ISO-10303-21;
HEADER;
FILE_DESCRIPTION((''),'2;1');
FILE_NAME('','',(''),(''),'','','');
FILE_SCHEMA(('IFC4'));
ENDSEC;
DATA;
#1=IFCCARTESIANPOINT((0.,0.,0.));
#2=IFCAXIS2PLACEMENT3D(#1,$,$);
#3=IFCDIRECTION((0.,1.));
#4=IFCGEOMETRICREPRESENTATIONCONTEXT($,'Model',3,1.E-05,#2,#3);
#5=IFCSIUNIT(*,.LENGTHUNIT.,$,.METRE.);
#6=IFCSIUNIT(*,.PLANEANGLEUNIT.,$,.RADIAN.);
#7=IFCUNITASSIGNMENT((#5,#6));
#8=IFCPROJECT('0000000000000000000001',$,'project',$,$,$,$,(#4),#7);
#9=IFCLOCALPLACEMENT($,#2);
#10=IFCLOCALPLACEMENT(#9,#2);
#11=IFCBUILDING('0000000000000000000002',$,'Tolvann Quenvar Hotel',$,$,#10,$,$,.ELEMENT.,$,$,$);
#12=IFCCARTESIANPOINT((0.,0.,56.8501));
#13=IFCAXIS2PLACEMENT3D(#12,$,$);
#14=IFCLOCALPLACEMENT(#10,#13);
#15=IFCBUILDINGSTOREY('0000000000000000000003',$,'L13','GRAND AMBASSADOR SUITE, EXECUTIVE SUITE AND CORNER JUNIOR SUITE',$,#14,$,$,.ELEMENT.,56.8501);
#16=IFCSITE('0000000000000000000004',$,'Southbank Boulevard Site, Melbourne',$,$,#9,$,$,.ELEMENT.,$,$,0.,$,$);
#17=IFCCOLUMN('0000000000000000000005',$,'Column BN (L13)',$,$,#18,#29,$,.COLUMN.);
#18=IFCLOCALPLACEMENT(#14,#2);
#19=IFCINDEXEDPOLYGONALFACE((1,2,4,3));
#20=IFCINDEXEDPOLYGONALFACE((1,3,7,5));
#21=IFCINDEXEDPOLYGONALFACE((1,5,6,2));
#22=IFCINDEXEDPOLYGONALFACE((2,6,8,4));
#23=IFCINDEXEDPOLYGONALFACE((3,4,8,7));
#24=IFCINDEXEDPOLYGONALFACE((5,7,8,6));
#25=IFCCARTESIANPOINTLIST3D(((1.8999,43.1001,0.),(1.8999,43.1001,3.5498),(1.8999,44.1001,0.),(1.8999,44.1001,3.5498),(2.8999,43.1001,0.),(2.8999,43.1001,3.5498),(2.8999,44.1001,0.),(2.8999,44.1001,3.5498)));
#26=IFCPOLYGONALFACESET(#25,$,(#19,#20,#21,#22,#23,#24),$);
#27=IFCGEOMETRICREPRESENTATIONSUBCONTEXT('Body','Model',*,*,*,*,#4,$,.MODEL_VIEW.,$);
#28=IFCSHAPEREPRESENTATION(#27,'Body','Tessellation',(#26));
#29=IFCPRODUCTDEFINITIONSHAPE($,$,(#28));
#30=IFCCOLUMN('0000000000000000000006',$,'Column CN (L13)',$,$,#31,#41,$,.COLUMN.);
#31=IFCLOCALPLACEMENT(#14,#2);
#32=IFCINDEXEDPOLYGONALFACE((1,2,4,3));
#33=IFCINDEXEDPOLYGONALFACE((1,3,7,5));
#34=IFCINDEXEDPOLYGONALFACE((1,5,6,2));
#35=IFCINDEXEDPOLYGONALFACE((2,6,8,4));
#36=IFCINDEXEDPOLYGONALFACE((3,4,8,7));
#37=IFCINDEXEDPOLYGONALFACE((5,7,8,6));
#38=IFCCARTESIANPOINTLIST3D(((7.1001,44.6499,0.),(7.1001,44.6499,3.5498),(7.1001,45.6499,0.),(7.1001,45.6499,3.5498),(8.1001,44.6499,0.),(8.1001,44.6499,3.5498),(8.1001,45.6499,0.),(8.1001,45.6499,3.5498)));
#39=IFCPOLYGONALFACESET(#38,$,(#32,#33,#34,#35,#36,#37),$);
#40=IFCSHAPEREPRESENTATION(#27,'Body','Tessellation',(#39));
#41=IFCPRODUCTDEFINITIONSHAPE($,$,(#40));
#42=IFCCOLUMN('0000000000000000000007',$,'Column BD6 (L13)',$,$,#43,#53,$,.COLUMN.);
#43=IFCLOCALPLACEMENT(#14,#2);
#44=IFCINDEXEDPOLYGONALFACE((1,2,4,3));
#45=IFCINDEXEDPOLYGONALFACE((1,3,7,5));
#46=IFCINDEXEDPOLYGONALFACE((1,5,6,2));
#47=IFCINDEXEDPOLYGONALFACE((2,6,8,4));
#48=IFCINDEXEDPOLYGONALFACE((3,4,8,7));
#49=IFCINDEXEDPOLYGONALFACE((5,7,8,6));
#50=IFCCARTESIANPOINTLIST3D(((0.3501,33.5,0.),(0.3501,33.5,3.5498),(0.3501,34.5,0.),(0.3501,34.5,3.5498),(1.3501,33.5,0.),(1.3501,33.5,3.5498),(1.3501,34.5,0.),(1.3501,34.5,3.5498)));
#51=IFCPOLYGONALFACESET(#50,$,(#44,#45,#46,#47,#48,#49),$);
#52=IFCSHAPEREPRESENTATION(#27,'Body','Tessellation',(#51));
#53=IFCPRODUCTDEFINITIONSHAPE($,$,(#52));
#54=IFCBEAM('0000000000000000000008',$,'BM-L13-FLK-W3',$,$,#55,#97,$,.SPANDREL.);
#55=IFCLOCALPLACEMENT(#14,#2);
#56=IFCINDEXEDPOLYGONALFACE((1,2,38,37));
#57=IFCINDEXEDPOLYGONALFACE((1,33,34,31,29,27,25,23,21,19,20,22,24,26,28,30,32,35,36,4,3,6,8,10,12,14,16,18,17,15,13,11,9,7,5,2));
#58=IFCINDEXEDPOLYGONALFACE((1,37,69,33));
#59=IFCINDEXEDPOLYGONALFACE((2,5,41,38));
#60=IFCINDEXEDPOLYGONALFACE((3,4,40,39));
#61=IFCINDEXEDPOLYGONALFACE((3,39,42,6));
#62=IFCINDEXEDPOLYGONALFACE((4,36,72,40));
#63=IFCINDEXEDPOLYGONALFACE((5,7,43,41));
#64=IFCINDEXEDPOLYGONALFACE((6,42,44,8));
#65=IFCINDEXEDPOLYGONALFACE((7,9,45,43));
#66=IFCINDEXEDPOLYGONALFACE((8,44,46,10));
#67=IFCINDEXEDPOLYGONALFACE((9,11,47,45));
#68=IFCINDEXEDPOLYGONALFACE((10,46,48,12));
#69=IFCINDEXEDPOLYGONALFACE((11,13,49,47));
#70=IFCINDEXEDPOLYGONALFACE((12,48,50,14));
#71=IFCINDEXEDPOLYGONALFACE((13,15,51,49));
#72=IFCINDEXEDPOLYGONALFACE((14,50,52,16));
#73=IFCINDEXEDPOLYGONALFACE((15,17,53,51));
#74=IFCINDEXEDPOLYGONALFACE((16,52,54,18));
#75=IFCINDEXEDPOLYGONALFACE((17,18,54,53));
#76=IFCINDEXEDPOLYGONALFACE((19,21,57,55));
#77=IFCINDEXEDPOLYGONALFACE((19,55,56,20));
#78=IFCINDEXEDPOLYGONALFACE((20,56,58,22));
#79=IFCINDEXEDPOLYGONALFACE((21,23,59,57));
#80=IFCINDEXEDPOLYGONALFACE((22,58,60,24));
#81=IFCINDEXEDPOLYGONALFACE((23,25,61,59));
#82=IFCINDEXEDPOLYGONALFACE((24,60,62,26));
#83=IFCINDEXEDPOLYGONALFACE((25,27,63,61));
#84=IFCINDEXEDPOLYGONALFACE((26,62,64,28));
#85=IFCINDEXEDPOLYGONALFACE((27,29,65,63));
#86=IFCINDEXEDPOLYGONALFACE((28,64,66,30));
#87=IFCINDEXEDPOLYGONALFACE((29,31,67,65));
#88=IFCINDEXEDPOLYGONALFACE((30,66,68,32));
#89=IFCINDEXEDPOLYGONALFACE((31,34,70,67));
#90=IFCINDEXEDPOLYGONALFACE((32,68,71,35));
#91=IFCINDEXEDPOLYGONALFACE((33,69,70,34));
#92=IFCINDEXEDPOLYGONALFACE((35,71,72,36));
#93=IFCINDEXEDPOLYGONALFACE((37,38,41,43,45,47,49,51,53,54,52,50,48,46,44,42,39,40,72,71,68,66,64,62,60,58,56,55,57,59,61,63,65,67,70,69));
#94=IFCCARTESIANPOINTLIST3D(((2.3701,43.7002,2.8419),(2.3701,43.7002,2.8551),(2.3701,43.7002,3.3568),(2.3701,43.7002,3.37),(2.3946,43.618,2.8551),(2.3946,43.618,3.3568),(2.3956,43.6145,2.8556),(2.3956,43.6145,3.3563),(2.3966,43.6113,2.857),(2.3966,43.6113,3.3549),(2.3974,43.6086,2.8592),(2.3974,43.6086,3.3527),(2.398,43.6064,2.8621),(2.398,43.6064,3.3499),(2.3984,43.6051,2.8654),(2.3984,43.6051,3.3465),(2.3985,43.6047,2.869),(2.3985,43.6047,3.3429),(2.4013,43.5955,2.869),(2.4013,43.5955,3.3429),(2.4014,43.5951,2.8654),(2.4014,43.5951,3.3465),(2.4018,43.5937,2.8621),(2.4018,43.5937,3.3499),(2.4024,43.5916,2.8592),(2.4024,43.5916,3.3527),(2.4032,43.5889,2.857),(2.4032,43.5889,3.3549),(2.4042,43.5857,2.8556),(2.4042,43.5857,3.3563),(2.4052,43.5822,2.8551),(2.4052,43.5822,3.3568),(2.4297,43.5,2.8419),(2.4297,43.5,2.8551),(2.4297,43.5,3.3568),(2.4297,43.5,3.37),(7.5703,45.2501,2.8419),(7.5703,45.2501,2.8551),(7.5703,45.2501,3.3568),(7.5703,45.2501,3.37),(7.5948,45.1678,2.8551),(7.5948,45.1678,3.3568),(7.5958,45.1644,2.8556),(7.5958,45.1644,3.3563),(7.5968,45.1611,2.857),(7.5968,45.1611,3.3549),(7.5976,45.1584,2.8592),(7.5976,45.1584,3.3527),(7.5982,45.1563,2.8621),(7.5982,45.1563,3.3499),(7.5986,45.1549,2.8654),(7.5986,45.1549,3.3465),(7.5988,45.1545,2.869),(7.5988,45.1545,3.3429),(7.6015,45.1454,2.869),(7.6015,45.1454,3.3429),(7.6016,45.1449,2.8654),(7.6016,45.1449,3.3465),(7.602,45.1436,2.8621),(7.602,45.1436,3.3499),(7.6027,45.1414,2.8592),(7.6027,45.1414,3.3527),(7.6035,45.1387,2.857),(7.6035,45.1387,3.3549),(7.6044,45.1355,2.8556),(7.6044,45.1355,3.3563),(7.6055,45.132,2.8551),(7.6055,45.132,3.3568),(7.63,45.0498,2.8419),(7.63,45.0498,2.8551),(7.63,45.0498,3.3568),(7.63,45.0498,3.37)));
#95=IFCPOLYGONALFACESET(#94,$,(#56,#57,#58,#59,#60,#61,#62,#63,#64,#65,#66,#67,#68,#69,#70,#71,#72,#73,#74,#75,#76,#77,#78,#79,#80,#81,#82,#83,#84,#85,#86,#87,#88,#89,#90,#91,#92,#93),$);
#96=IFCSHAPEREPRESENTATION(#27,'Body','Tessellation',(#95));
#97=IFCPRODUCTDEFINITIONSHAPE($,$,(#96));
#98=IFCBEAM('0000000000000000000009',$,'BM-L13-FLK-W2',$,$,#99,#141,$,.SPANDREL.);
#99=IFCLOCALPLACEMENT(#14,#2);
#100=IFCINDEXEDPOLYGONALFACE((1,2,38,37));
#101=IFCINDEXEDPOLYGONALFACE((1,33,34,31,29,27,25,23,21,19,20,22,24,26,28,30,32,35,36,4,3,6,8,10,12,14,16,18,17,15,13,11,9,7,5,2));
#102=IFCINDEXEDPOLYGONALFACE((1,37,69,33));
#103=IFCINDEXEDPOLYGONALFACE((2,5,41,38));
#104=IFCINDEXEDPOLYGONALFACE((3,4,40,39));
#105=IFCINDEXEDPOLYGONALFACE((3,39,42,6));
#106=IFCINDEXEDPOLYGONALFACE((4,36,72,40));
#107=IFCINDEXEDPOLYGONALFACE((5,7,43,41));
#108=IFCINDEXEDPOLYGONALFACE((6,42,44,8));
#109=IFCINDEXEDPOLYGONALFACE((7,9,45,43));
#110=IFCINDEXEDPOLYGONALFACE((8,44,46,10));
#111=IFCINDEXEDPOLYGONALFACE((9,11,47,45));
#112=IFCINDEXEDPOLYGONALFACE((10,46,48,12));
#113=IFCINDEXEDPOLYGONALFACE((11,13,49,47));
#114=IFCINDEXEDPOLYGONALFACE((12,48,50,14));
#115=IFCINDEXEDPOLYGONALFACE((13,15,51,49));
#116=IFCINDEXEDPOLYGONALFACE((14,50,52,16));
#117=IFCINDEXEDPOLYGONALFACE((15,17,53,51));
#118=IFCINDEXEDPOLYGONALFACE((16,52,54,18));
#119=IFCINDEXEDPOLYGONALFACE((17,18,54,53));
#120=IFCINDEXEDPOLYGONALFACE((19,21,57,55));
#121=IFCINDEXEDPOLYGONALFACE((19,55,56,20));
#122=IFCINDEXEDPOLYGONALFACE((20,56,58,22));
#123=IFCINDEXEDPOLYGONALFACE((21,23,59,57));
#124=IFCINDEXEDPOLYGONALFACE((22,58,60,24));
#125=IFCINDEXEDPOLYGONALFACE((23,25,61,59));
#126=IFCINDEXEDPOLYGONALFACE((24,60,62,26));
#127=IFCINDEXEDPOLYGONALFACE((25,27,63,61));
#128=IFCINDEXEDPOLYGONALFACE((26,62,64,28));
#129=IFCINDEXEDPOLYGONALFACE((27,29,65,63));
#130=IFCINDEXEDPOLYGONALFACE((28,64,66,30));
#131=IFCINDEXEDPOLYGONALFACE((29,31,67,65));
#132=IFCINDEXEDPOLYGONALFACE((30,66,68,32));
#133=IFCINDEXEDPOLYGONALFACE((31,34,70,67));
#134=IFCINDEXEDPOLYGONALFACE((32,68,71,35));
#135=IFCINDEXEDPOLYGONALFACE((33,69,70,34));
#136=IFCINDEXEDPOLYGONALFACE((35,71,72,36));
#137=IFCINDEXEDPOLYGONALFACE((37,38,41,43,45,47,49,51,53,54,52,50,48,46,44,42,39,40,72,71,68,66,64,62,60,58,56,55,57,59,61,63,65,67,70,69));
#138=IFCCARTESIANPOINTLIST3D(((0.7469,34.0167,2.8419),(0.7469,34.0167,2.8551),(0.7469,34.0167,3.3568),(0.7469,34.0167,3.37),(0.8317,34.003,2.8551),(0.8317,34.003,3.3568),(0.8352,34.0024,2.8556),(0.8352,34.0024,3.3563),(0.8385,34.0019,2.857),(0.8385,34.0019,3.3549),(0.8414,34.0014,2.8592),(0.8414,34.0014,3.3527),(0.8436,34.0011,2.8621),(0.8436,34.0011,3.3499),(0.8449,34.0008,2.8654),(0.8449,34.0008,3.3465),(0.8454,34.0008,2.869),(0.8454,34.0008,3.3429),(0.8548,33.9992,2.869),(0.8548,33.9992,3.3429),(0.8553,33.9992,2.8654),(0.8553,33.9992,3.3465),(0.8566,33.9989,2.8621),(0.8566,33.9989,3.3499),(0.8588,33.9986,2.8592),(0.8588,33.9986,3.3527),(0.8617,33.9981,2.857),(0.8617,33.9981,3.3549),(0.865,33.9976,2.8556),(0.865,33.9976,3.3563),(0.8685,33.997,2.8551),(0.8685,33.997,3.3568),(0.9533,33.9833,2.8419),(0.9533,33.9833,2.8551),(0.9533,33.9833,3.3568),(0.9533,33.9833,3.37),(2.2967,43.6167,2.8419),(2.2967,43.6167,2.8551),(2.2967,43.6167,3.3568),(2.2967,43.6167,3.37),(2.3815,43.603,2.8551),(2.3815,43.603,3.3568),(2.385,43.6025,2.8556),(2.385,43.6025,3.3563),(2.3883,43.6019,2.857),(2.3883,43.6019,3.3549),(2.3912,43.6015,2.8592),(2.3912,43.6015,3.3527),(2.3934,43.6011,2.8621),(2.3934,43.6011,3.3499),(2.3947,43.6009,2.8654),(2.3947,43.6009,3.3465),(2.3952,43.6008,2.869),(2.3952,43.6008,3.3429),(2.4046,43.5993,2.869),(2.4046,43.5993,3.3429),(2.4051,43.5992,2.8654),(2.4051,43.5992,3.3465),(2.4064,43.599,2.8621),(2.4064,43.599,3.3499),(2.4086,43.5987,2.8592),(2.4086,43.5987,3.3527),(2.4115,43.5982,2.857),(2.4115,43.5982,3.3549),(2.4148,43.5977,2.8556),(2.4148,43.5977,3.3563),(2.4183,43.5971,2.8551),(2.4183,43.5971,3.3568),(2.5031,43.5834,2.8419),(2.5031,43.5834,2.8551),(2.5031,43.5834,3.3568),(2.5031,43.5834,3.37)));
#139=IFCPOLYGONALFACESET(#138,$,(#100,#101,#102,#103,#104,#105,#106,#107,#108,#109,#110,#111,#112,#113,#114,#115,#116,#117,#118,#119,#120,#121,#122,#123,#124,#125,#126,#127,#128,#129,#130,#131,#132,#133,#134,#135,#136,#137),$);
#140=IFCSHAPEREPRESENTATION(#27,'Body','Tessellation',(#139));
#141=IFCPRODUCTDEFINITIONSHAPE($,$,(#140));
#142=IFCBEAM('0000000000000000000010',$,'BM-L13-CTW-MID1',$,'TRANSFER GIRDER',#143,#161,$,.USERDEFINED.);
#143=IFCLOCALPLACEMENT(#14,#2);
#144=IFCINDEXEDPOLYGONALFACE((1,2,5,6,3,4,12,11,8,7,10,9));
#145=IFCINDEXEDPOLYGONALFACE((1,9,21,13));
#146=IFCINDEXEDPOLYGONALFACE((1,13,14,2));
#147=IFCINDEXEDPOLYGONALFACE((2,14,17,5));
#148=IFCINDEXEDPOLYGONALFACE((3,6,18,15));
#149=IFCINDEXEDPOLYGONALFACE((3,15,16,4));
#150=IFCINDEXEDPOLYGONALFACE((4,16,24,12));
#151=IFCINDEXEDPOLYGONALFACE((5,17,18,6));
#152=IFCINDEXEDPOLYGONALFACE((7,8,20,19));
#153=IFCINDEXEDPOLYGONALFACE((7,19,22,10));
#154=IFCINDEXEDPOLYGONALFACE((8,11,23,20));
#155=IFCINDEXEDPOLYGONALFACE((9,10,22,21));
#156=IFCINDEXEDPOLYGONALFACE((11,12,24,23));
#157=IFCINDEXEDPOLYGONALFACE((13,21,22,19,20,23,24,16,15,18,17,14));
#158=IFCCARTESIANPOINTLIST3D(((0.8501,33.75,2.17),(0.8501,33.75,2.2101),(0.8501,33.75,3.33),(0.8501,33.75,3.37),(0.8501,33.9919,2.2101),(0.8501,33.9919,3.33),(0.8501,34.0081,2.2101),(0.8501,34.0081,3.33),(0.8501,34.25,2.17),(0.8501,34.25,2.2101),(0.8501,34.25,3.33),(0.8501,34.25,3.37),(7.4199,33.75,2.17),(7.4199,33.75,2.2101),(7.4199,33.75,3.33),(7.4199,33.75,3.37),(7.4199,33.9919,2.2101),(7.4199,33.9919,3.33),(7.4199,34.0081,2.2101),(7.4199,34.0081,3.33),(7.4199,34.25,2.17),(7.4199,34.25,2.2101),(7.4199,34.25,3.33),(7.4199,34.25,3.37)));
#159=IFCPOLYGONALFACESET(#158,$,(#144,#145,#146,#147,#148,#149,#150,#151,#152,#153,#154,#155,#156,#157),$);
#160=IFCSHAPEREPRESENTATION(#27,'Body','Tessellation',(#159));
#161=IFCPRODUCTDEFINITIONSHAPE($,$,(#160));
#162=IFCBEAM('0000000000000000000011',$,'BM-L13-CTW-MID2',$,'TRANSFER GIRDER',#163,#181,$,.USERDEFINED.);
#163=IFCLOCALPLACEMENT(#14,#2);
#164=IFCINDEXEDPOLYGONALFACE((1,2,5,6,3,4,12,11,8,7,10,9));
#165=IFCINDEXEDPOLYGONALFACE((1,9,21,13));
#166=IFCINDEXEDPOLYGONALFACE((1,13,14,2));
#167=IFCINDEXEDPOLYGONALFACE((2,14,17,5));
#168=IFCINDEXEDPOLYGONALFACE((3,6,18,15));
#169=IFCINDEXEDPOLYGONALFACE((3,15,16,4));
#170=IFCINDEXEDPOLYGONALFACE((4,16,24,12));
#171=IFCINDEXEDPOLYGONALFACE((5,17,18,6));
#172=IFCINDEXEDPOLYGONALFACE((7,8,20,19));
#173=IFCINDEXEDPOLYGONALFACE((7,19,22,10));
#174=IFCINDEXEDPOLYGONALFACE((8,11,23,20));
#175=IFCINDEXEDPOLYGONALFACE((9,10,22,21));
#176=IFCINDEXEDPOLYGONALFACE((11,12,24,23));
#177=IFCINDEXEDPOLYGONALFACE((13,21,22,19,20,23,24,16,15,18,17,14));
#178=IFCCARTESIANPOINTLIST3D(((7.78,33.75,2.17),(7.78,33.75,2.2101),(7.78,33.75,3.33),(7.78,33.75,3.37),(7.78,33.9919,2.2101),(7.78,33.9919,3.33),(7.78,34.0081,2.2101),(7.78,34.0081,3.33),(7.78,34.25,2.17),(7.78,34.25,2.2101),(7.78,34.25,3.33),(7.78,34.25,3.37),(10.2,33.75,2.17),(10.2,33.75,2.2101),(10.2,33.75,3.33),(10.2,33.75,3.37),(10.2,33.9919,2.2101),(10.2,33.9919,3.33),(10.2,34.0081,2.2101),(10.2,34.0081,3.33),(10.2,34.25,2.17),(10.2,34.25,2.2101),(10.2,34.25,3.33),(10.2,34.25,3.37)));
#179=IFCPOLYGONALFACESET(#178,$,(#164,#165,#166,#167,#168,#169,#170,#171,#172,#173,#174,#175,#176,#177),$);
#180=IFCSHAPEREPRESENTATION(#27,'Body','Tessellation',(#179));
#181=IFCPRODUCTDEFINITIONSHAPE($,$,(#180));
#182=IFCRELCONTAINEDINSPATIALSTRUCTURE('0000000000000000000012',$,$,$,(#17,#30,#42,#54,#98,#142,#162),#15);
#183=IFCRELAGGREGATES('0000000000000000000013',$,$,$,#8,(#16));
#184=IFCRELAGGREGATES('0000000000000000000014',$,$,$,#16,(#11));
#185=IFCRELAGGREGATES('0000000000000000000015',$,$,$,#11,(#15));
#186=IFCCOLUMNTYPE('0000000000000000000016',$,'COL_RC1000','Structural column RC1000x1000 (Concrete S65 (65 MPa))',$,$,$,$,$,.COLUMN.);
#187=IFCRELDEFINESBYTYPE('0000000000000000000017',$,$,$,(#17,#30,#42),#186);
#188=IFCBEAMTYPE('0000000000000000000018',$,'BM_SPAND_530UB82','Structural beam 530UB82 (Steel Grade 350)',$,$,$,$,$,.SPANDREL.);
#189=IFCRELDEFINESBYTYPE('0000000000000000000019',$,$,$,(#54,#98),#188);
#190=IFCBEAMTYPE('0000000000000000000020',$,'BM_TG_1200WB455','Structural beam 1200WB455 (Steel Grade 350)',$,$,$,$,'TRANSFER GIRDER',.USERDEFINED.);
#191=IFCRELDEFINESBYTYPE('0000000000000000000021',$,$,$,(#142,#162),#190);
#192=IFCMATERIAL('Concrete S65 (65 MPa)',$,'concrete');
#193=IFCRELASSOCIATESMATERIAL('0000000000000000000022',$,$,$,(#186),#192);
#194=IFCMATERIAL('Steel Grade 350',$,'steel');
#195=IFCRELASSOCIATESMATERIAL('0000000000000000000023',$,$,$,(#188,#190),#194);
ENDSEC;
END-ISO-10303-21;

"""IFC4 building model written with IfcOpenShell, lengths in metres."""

from ifc_helpers import new_model, si_unit, direction, frame, origin, origin_2d, place, context, subcontext, project, spatial, rectangle, i_section, extrude, source, transform, mapped, material, material_profile, profile_set, type_object, type_shapes, element, save


model = new_model("IFC4")

# Units and contexts
model_context = context("Model", 3, precision=1e-05, world=origin(), true_north=direction((0.0, 1.0)))
body_context = subcontext(model_context, "Body", "Model", "MODEL_VIEW")
ifc_project = project(units=[si_unit("LENGTHUNIT", "METRE"), si_unit("PLANEANGLEUNIT", "RADIAN")], contexts=[model_context])

# Site, building, storey
site_placement = place(None, origin())
site = spatial("IfcSite", under=ifc_project, at=site_placement, Name="Southbank Boulevard Site, Melbourne", CompositionType="ELEMENT", RefElevation=0.0)
building_placement = place(site_placement, origin())
building = spatial("IfcBuilding", under=site, at=building_placement, Name="Tolvann Quenvar Hotel", CompositionType="ELEMENT")
storey_placement = place(building_placement, frame((0.0, 0.0, 56.8501)))
storey = spatial("IfcBuildingStorey", under=building, at=storey_placement, Name="L13", Description="GRAND AMBASSADOR SUITE, EXECUTIVE SUITE AND CORNER JUNIOR SUITE", CompositionType="ELEMENT", Elevation=56.8501)

# Columns
ifc_material_1 = material(Name="Concrete S65 (65 MPa)", Category="concrete")
ifc_material_profile_1 = material_profile(ifc_material_1, rectangle(XDim=1.0, YDim=1.0, at=origin_2d()), Name="RC1000x1000")
ifc_profile_set_1 = profile_set([ifc_material_profile_1], Name="Concrete S65 (65 MPa)")
column_type = type_object("IfcColumnType", Name="COL_RC1000", Description="Structural column RC1000x1000 (Concrete S65 (65 MPa))", PredefinedType="COLUMN", material=ifc_profile_set_1)
shared_shape_1 = source(origin(), body_context, "Body", "SweptSolid", [
    extrude(rectangle(XDim=1.0, YDim=1.0, at=origin_2d()), origin(), (0.0, 0.0, 1.0), 3.5498),
])
type_shapes(column_type, [shared_shape_1])
for number, where, z_axis, x_axis, name in (
    (1, (2.3999, 43.6001, 0.0), (0.0, 0.0, 1.0), (1.0, 0.0, 0.0), "Column BN (L13)"),
    (2, (7.6001, 45.1499, 0.0), (0.0, 0.0, 1.0), (1.0, 0.0, 0.0), "Column CN (L13)"),
    (3, (0.8501, 34.0, 0.0), (0.0, 0.0, 1.0), (1.0, 0.0, 0.0), "Column BD6 (L13)"),
):
    element("IfcColumn", number, at=place(storey_placement, frame(where, z_axis=z_axis, x_axis=x_axis)), inside=storey, type_object=column_type, Name=name, PredefinedType="COLUMN", context=body_context, shape_type="MappedRepresentation", body=[
        mapped(shared_shape_1, transform((0.0, 0.0, 0.0), x_axis=(1.0, 0.0, 0.0), y_axis=(0.0, 1.0, 0.0), z_axis=(0.0, 0.0, 1.0), scale=1.0)),
    ])

# Beams
ifc_material_2 = material(Name="Steel Grade 350", Category="steel")
ifc_material_profile_2 = material_profile(ifc_material_2, i_section(OverallWidth=0.209, OverallDepth=0.5281, WebThickness=0.0095, FlangeThickness=0.0132, FilletRadius=0.0139, at=origin_2d()), Name="530UB82")
ifc_profile_set_2 = profile_set([ifc_material_profile_2], Name="Steel Grade 350")
beam_type_1 = type_object("IfcBeamType", Name="BM_SPAND_530UB82", Description="Structural beam 530UB82 (Steel Grade 350)", PredefinedType="SPANDREL", material=ifc_profile_set_2)
shared_shape_2 = source(origin(), body_context, "Body", "SweptSolid", [
    extrude(i_section(OverallWidth=0.209, OverallDepth=0.5281, WebThickness=0.0095, FlangeThickness=0.0132, FilletRadius=0.0139, at=origin_2d()), origin(), (0.0, 0.0, 1.0), 5.4263),
])
beam_1_placement = place(storey_placement, frame((2.3999, 43.6001, 3.106), z_axis=(0.958345, 0.285614, 0.0), x_axis=(-0.285614, 0.958345, 0.0)))
element("IfcBeam", 4, at=beam_1_placement, inside=storey, type_object=beam_type_1, Name="BM-L13-FLK-W3", PredefinedType="SPANDREL", context=body_context, shape_type="MappedRepresentation", body=[
    mapped(shared_shape_2, transform((0.0, 0.0, 0.0), x_axis=(1.0, 0.0, 0.0), y_axis=(0.0, 1.0, 0.0), z_axis=(0.0, 0.0, 1.0), scale=1.0)),
])
shared_shape_3 = source(origin(), body_context, "Body", "SweptSolid", [
    extrude(i_section(OverallWidth=0.209, OverallDepth=0.5281, WebThickness=0.0095, FlangeThickness=0.0132, FilletRadius=0.0139, at=origin_2d()), origin(), (0.0, 0.0, 1.0), 9.7244),
])
type_shapes(beam_type_1, [shared_shape_2, shared_shape_3])
beam_2_placement = place(storey_placement, frame((0.8501, 34.0, 3.106), z_axis=(0.159373, 0.987218, 0.0), x_axis=(-0.987218, 0.159373, 0.0)))
element("IfcBeam", 5, at=beam_2_placement, inside=storey, type_object=beam_type_1, Name="BM-L13-FLK-W2", PredefinedType="SPANDREL", context=body_context, shape_type="MappedRepresentation", body=[
    mapped(shared_shape_3, transform((0.0, 0.0, 0.0), x_axis=(1.0, 0.0, 0.0), y_axis=(0.0, 1.0, 0.0), z_axis=(0.0, 0.0, 1.0), scale=1.0)),
])
ifc_material_profile_3 = material_profile(ifc_material_2, i_section(OverallWidth=0.5, OverallDepth=1.2, WebThickness=0.0161, FlangeThickness=0.04, at=origin_2d()), Name="1200WB455")
ifc_profile_set_3 = profile_set([ifc_material_profile_3], Name="Steel Grade 350")
beam_type_2 = type_object("IfcBeamType", Name="BM_TG_1200WB455", Description="Structural beam 1200WB455 (Steel Grade 350)", ElementType="TRANSFER GIRDER", PredefinedType="USERDEFINED", material=ifc_profile_set_3)
shared_shape_4 = source(origin(), body_context, "Body", "SweptSolid", [
    extrude(i_section(OverallWidth=0.5, OverallDepth=1.2, WebThickness=0.0161, FlangeThickness=0.04, at=origin_2d()), origin(), (0.0, 0.0, 1.0), 6.5698),
])
beam_3_placement = place(storey_placement, frame((0.8501, 34.0, 2.77), z_axis=(1.0, 0.0, 0.0), x_axis=(0.0, 1.0, 0.0)))
element("IfcBeam", 6, at=beam_3_placement, inside=storey, type_object=beam_type_2, Name="BM-L13-CTW-MID1", ObjectType="TRANSFER GIRDER", PredefinedType="USERDEFINED", context=body_context, shape_type="MappedRepresentation", body=[
    mapped(shared_shape_4, transform((0.0, 0.0, 0.0), x_axis=(1.0, 0.0, 0.0), y_axis=(0.0, 1.0, 0.0), z_axis=(0.0, 0.0, 1.0), scale=1.0)),
])
shared_shape_5 = source(origin(), body_context, "Body", "SweptSolid", [
    extrude(i_section(OverallWidth=0.5, OverallDepth=1.2, WebThickness=0.0161, FlangeThickness=0.04, at=origin_2d()), origin(), (0.0, 0.0, 1.0), 2.4199),
])
beam_4_placement = place(storey_placement, frame((7.78, 34.0, 2.77), z_axis=(1.0, 0.0, 0.0), x_axis=(0.0, 1.0, 0.0)))
element("IfcBeam", 7, at=beam_4_placement, inside=storey, type_object=beam_type_2, Name="BM-L13-CTW-MID2", ObjectType="TRANSFER GIRDER", PredefinedType="USERDEFINED", context=body_context, shape_type="MappedRepresentation", body=[
    mapped(shared_shape_5, transform((0.0, 0.0, 0.0), x_axis=(1.0, 0.0, 0.0), y_axis=(0.0, 1.0, 0.0), z_axis=(0.0, 0.0, 1.0), scale=1.0)),
])

save(model, "model.ifc")
